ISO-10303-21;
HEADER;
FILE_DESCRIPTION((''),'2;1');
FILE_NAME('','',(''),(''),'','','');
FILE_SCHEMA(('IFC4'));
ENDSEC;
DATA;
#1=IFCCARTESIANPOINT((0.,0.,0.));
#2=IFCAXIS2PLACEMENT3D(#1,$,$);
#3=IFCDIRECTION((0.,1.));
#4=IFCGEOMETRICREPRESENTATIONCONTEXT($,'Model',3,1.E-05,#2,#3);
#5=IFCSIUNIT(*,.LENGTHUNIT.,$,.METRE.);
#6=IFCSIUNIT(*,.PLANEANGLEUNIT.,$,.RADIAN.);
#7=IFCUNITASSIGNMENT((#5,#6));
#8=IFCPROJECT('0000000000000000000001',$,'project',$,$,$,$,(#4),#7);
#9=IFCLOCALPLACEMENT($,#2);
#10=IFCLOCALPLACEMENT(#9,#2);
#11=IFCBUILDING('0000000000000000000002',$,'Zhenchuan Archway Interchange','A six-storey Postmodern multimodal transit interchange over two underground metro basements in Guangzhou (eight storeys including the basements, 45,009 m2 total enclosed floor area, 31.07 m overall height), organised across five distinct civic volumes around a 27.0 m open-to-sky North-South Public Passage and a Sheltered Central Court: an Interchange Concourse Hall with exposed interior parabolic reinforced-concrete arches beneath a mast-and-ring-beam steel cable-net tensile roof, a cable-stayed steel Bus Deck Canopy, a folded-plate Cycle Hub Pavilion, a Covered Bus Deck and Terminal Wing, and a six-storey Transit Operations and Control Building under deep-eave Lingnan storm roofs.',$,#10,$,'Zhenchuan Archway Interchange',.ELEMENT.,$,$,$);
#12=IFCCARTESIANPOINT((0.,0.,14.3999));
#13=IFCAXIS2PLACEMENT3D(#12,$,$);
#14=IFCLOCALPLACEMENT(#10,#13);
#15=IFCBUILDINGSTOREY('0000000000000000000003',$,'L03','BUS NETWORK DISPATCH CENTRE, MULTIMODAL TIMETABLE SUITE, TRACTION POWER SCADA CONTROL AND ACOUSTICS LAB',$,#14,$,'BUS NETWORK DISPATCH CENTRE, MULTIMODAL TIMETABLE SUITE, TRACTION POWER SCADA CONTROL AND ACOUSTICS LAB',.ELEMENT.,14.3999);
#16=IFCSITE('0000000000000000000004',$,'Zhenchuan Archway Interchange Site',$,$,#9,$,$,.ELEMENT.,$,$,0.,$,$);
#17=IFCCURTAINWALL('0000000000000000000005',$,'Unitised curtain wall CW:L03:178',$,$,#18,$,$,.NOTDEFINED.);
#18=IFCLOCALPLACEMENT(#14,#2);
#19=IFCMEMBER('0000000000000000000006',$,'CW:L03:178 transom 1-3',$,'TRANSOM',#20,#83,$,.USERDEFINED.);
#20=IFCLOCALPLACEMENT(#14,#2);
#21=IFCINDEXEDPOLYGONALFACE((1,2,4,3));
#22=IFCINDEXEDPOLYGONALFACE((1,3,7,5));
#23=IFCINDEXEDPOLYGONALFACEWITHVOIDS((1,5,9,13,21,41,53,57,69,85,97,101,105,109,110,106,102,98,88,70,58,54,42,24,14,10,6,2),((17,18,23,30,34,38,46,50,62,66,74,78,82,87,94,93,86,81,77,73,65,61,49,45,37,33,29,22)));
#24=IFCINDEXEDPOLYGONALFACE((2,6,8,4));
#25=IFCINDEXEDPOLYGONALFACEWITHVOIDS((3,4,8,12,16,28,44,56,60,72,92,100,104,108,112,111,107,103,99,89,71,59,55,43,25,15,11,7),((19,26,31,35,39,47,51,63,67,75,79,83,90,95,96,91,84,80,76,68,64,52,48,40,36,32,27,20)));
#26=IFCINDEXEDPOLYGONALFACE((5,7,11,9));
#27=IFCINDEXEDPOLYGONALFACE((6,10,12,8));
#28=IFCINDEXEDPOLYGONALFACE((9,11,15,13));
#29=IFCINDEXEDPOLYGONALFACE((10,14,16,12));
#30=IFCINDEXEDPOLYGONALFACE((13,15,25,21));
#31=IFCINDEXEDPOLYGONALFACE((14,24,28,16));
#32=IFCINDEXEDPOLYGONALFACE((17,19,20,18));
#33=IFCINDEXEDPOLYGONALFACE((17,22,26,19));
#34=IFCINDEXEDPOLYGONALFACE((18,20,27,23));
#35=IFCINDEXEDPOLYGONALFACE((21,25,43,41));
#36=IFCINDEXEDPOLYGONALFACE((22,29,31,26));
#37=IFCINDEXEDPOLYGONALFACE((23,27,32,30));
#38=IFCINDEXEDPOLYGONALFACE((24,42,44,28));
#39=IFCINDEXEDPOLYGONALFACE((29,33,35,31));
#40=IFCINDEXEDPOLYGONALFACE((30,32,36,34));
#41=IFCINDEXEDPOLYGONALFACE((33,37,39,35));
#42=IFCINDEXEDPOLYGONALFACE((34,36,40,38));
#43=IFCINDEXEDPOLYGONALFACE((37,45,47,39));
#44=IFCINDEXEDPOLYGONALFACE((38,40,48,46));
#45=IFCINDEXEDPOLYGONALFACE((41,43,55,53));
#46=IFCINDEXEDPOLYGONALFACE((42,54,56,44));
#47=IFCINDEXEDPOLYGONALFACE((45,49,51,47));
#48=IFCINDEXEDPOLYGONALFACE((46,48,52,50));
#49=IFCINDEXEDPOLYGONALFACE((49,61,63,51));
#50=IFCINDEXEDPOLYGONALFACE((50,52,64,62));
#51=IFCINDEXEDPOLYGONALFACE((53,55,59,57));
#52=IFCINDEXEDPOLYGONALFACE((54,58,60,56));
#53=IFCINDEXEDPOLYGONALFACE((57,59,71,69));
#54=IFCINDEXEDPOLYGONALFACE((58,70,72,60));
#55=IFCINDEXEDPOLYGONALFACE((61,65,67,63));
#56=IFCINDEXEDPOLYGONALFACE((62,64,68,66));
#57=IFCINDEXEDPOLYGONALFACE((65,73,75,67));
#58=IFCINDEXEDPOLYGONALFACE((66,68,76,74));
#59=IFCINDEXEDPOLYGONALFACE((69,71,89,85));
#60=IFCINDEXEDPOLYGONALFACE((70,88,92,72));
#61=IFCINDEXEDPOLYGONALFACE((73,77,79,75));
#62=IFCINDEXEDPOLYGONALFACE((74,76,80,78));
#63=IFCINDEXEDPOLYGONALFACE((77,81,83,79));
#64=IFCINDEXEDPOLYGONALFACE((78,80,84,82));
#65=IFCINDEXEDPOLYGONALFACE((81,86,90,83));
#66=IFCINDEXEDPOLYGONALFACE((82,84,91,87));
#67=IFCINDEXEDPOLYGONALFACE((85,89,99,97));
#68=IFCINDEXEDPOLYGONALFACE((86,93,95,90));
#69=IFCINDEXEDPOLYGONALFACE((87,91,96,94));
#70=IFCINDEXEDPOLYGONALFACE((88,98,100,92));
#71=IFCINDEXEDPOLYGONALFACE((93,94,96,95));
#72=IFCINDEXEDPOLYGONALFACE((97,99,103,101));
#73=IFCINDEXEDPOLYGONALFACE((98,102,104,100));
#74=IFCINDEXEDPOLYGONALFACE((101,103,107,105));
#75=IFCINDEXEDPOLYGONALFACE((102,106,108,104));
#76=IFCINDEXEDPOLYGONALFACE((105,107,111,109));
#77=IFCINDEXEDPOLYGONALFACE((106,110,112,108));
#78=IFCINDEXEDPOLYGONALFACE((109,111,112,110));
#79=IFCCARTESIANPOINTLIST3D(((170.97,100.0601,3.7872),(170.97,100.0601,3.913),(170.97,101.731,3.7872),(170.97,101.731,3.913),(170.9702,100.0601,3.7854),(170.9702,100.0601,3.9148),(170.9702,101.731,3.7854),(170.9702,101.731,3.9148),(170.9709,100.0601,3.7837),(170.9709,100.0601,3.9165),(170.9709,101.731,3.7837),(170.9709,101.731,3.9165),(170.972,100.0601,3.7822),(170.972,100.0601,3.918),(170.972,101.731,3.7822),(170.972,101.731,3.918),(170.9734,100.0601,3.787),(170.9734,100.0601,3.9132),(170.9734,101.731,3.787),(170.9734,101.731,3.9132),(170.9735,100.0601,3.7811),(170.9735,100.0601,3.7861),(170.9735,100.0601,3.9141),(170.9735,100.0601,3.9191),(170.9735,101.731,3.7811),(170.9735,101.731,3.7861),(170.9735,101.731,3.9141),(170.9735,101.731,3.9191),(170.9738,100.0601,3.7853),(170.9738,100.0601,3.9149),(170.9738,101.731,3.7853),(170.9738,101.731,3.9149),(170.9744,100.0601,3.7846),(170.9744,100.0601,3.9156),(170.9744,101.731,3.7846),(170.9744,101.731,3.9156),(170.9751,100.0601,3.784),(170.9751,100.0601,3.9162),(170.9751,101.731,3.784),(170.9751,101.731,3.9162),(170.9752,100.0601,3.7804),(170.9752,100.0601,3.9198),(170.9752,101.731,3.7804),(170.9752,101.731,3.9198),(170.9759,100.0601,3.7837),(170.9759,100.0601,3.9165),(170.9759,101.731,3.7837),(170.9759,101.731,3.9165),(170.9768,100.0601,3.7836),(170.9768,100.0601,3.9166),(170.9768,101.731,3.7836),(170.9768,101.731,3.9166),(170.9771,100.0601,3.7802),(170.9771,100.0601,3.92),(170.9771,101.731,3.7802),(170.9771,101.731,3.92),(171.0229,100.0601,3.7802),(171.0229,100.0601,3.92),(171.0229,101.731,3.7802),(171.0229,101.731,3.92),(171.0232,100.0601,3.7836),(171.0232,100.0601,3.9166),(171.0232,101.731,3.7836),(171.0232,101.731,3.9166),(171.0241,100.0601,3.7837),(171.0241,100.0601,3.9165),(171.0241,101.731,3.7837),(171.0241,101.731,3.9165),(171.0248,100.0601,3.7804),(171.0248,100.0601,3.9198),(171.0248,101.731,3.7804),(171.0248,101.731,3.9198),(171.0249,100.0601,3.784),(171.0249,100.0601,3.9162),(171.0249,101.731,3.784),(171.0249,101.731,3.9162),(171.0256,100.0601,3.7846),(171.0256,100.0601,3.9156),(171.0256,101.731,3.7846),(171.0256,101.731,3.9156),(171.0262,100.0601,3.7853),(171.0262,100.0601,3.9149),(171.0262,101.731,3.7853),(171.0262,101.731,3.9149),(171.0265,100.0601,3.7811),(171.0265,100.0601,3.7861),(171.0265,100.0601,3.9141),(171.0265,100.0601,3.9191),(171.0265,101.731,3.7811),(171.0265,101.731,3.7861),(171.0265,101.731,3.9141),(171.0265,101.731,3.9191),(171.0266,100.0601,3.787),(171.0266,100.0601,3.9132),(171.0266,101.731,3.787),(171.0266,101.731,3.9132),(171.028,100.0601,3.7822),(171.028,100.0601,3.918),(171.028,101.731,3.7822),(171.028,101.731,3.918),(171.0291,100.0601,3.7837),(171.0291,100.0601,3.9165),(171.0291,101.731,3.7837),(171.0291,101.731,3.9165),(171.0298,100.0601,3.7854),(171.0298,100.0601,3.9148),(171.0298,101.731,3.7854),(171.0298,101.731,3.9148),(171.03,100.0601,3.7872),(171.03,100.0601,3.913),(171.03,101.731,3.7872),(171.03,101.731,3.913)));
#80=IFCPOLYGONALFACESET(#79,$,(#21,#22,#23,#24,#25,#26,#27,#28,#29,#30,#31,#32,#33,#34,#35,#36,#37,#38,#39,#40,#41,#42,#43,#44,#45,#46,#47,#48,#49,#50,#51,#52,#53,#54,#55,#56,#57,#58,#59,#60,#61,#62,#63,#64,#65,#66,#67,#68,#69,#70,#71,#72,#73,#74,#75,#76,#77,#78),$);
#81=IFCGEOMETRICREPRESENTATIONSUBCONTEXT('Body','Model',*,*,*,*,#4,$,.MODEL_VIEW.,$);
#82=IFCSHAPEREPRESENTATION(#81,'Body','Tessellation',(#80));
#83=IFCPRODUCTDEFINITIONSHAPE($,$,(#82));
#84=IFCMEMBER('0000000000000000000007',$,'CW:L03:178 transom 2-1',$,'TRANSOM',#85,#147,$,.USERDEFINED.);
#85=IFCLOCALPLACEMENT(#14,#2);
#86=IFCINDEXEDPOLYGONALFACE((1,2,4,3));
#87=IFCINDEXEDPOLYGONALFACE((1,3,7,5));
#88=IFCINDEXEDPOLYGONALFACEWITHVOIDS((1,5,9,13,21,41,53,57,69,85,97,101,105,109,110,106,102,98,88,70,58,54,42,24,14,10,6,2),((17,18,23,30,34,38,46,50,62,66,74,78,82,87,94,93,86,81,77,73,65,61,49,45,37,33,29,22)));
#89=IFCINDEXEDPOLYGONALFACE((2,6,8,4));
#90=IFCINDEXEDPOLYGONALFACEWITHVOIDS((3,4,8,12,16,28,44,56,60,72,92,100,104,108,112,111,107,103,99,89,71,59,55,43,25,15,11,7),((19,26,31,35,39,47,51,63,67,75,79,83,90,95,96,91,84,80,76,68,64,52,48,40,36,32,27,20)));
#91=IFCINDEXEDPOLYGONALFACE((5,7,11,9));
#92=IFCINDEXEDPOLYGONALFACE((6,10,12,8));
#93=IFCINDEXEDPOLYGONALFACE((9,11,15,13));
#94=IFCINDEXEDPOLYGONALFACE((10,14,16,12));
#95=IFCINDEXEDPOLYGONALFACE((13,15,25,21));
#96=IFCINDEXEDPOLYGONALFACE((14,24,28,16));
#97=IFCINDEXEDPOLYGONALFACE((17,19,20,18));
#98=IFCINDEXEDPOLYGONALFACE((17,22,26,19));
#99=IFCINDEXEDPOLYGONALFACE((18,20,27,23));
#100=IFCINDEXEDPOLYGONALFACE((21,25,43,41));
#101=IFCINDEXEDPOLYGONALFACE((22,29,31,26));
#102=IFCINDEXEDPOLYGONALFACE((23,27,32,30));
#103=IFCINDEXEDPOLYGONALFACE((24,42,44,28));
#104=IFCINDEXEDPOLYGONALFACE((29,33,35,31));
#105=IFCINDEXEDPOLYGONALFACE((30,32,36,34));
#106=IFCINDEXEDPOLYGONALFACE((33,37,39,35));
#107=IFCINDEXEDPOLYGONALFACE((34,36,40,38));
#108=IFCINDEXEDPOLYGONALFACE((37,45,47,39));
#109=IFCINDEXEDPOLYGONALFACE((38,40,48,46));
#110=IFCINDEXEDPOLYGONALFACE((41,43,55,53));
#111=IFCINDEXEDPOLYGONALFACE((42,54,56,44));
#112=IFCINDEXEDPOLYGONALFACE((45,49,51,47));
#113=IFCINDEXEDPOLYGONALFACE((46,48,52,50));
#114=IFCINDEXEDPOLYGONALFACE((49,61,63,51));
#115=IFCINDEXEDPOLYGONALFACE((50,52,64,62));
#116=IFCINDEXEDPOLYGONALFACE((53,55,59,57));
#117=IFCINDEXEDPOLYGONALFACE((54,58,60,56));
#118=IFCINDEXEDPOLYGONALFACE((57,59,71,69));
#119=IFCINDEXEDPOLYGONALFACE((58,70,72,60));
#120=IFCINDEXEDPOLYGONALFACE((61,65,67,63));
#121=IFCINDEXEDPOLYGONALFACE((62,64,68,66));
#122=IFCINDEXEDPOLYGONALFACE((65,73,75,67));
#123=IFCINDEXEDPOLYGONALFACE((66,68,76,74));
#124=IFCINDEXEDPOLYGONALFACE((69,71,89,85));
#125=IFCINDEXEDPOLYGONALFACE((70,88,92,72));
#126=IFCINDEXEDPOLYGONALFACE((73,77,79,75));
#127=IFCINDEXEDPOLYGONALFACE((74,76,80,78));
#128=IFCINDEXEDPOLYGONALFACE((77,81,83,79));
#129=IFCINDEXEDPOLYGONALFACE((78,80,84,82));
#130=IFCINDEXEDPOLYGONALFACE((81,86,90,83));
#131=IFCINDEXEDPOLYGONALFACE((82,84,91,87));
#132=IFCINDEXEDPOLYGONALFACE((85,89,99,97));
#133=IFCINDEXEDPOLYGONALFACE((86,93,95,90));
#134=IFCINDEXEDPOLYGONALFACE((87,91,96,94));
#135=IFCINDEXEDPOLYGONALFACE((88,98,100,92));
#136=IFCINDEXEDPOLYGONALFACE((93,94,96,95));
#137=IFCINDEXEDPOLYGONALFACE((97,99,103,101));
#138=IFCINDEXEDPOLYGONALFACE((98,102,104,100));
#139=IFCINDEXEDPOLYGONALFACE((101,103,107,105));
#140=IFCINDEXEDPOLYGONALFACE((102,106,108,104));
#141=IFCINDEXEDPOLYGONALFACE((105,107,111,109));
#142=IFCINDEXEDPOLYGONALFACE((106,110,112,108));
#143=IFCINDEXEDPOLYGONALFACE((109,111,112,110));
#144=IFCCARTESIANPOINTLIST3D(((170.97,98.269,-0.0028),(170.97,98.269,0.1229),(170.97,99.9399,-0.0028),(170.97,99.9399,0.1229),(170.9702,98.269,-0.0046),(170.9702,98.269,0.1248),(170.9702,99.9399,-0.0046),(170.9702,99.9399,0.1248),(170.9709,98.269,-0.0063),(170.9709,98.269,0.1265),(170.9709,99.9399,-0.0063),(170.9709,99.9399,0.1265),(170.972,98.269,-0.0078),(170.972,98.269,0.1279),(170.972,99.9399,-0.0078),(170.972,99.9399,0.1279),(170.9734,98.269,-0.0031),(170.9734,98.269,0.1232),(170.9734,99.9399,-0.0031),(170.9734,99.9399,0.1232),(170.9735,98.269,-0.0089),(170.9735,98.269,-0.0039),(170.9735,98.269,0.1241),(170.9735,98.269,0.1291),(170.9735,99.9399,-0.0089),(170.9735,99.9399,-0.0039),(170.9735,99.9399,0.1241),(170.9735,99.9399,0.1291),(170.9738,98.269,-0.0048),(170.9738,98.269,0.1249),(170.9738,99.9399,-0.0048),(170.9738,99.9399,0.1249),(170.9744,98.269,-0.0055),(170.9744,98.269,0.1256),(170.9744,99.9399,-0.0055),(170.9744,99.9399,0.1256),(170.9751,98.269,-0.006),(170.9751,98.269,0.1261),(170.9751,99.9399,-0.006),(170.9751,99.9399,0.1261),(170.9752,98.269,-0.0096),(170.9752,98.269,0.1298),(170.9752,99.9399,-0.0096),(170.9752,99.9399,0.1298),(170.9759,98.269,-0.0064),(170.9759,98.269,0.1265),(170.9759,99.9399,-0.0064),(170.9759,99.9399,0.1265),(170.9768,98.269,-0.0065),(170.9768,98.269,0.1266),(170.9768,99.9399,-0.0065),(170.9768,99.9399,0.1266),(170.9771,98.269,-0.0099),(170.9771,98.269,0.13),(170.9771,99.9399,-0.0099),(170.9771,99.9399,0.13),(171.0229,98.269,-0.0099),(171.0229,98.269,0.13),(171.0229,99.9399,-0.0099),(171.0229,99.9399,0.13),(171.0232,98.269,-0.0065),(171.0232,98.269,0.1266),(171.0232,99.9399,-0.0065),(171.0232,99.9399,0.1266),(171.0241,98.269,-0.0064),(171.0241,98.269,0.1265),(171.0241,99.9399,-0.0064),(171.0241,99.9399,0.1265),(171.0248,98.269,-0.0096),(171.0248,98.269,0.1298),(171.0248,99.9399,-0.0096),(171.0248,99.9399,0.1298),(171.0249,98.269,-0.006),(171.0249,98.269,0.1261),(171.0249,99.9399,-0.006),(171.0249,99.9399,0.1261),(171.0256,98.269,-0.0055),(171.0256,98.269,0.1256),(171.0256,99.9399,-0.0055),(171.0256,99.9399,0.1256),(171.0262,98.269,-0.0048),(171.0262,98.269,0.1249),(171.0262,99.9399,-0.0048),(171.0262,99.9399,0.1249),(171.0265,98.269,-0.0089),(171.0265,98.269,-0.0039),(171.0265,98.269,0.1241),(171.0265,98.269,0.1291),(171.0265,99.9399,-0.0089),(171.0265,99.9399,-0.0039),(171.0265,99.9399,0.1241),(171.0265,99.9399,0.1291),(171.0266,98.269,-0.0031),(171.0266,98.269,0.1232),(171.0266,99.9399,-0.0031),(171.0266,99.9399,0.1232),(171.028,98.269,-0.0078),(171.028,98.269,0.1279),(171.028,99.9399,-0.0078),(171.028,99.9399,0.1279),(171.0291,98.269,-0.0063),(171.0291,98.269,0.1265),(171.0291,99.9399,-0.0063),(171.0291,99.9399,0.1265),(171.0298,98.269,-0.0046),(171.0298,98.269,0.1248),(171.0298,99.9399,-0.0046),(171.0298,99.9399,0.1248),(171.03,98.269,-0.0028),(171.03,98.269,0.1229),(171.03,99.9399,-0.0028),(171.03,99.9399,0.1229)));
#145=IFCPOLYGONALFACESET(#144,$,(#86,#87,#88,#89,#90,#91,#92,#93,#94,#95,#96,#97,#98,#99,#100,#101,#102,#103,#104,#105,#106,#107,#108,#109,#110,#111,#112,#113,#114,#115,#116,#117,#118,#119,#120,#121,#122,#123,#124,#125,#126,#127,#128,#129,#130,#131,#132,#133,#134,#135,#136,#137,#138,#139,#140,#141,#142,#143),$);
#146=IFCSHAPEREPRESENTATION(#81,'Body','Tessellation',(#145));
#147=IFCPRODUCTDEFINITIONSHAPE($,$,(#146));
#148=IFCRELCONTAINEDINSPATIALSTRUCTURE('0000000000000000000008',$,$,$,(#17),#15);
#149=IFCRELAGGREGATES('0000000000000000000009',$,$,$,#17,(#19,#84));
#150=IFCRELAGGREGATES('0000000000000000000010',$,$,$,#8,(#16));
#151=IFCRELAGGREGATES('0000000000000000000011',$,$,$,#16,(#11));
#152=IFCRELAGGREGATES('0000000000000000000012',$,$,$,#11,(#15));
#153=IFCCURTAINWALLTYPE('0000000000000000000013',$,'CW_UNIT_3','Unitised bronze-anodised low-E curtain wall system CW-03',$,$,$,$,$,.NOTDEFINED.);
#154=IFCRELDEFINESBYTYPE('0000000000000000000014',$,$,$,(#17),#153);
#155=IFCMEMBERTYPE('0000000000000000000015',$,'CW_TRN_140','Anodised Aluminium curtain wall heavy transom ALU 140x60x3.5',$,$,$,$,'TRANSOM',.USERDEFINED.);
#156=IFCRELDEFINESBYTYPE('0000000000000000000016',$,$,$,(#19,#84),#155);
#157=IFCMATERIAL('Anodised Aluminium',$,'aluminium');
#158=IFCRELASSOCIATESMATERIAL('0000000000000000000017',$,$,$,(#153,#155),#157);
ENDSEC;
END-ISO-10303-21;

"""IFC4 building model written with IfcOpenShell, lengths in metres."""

from ifc_helpers import new_model, si_unit, direction, frame, origin, origin_2d, place, context, subcontext, project, spatial, hollow_rectangle, extrude, material, material_profile, profile_set, type_object, element, aggregate, save


model = new_model("IFC4")

# Units and contexts
model_context = context("Model", 3, precision=1e-05, world=origin(), true_north=direction((0.0, 1.0)))
body_context = subcontext(model_context, "Body", "Model", "MODEL_VIEW")
ifc_project = project(units=[si_unit("LENGTHUNIT", "METRE"), si_unit("PLANEANGLEUNIT", "RADIAN")], contexts=[model_context])

# Site, building, storey
site_placement = place(None, origin())
site = spatial("IfcSite", under=ifc_project, at=site_placement, Name="Zhenchuan Archway Interchange Site", CompositionType="ELEMENT", RefElevation=0.0)
building_placement = place(site_placement, origin())
building = spatial("IfcBuilding", under=site, at=building_placement, Name="Zhenchuan Archway Interchange", Description="A six-storey Postmodern multimodal transit interchange over two underground metro basements in Guangzhou (eight storeys including the basements, 45,009 m2 total enclosed floor area, 31.07 m overall height), organised across five distinct civic volumes around a 27.0 m open-to-sky North-South Public Passage and a Sheltered Central Court: an Interchange Concourse Hall with exposed interior parabolic reinforced-concrete arches beneath a mast-and-ring-beam steel cable-net tensile roof, a cable-stayed steel Bus Deck Canopy, a folded-plate Cycle Hub Pavilion, a Covered Bus Deck and Terminal Wing, and a six-storey Transit Operations and Control Building under deep-eave Lingnan storm roofs.", LongName="Zhenchuan Archway Interchange", CompositionType="ELEMENT")
storey_placement = place(building_placement, frame((0.0, 0.0, 14.3999)))
storey = spatial("IfcBuildingStorey", under=building, at=storey_placement, Name="L03", Description="BUS NETWORK DISPATCH CENTRE, MULTIMODAL TIMETABLE SUITE, TRACTION POWER SCADA CONTROL AND ACOUSTICS LAB", LongName="BUS NETWORK DISPATCH CENTRE, MULTIMODAL TIMETABLE SUITE, TRACTION POWER SCADA CONTROL AND ACOUSTICS LAB", CompositionType="ELEMENT", Elevation=14.3999)

# Curtain wall
ifc_material_1 = material(Name="Anodised Aluminium", Category="aluminium")
curtain_wall_type_1 = type_object("IfcCurtainWallType", Name="CW_UNIT_3", Description="Unitised bronze-anodised low-E curtain wall system CW-03", PredefinedType="NOTDEFINED", material=ifc_material_1)
curtain_wall_1_placement = place(storey_placement, origin())
curtain_wall_1 = element("IfcCurtainWall", 1, at=curtain_wall_1_placement, inside=storey, type_object=curtain_wall_type_1, Name="Unitised curtain wall CW:L03:178", PredefinedType="NOTDEFINED")

# Members
ifc_material_profile_1 = material_profile(ifc_material_1, hollow_rectangle(XDim=0.0601, YDim=0.1399, WallThickness=0.0034, InnerFilletRadius=0.0034, OuterFilletRadius=0.0071, at=origin_2d()), Name="ALU 140x60x3.5")
ifc_profile_set_1 = profile_set([ifc_material_profile_1], Name="Anodised Aluminium")
member_type_1 = type_object("IfcMemberType", Name="CW_TRN_140", Description="Anodised Aluminium curtain wall heavy transom ALU 140x60x3.5", ElementType="TRANSOM", PredefinedType="USERDEFINED", material=ifc_profile_set_1)
member_1_placement = place(storey_placement, frame((171.0, 101.731, 3.8501), z_axis=(0.0, -1.0, 0.0), x_axis=(1.0, 0.0, 0.0)))
member_1 = element("IfcMember", 2, at=member_1_placement, type_object=member_type_1, Name="CW:L03:178 transom 1-3", ObjectType="TRANSOM", PredefinedType="USERDEFINED", context=body_context, shape_type="SweptSolid", body=[
    extrude(hollow_rectangle(XDim=0.0601, YDim=0.1399, WallThickness=0.0034, InnerFilletRadius=0.0034, OuterFilletRadius=0.0071, at=origin_2d()), origin(), (0.0, 0.0, 1.0), 1.6709),
])
member_2_placement = place(storey_placement, frame((171.0, 99.9399, 0.0601), z_axis=(0.0, -1.0, 0.0), x_axis=(1.0, 0.0, 0.0)))
member_2 = element("IfcMember", 3, at=member_2_placement, type_object=member_type_1, Name="CW:L03:178 transom 2-1", ObjectType="TRANSOM", PredefinedType="USERDEFINED", context=body_context, shape_type="SweptSolid", body=[
    extrude(hollow_rectangle(XDim=0.0601, YDim=0.1399, WallThickness=0.0034, InnerFilletRadius=0.0034, OuterFilletRadius=0.0071, at=origin_2d()), origin(), (0.0, 0.0, 1.0), 1.6709),
])

aggregate(curtain_wall_1, [member_1, member_2])

save(model, "model.ifc")
